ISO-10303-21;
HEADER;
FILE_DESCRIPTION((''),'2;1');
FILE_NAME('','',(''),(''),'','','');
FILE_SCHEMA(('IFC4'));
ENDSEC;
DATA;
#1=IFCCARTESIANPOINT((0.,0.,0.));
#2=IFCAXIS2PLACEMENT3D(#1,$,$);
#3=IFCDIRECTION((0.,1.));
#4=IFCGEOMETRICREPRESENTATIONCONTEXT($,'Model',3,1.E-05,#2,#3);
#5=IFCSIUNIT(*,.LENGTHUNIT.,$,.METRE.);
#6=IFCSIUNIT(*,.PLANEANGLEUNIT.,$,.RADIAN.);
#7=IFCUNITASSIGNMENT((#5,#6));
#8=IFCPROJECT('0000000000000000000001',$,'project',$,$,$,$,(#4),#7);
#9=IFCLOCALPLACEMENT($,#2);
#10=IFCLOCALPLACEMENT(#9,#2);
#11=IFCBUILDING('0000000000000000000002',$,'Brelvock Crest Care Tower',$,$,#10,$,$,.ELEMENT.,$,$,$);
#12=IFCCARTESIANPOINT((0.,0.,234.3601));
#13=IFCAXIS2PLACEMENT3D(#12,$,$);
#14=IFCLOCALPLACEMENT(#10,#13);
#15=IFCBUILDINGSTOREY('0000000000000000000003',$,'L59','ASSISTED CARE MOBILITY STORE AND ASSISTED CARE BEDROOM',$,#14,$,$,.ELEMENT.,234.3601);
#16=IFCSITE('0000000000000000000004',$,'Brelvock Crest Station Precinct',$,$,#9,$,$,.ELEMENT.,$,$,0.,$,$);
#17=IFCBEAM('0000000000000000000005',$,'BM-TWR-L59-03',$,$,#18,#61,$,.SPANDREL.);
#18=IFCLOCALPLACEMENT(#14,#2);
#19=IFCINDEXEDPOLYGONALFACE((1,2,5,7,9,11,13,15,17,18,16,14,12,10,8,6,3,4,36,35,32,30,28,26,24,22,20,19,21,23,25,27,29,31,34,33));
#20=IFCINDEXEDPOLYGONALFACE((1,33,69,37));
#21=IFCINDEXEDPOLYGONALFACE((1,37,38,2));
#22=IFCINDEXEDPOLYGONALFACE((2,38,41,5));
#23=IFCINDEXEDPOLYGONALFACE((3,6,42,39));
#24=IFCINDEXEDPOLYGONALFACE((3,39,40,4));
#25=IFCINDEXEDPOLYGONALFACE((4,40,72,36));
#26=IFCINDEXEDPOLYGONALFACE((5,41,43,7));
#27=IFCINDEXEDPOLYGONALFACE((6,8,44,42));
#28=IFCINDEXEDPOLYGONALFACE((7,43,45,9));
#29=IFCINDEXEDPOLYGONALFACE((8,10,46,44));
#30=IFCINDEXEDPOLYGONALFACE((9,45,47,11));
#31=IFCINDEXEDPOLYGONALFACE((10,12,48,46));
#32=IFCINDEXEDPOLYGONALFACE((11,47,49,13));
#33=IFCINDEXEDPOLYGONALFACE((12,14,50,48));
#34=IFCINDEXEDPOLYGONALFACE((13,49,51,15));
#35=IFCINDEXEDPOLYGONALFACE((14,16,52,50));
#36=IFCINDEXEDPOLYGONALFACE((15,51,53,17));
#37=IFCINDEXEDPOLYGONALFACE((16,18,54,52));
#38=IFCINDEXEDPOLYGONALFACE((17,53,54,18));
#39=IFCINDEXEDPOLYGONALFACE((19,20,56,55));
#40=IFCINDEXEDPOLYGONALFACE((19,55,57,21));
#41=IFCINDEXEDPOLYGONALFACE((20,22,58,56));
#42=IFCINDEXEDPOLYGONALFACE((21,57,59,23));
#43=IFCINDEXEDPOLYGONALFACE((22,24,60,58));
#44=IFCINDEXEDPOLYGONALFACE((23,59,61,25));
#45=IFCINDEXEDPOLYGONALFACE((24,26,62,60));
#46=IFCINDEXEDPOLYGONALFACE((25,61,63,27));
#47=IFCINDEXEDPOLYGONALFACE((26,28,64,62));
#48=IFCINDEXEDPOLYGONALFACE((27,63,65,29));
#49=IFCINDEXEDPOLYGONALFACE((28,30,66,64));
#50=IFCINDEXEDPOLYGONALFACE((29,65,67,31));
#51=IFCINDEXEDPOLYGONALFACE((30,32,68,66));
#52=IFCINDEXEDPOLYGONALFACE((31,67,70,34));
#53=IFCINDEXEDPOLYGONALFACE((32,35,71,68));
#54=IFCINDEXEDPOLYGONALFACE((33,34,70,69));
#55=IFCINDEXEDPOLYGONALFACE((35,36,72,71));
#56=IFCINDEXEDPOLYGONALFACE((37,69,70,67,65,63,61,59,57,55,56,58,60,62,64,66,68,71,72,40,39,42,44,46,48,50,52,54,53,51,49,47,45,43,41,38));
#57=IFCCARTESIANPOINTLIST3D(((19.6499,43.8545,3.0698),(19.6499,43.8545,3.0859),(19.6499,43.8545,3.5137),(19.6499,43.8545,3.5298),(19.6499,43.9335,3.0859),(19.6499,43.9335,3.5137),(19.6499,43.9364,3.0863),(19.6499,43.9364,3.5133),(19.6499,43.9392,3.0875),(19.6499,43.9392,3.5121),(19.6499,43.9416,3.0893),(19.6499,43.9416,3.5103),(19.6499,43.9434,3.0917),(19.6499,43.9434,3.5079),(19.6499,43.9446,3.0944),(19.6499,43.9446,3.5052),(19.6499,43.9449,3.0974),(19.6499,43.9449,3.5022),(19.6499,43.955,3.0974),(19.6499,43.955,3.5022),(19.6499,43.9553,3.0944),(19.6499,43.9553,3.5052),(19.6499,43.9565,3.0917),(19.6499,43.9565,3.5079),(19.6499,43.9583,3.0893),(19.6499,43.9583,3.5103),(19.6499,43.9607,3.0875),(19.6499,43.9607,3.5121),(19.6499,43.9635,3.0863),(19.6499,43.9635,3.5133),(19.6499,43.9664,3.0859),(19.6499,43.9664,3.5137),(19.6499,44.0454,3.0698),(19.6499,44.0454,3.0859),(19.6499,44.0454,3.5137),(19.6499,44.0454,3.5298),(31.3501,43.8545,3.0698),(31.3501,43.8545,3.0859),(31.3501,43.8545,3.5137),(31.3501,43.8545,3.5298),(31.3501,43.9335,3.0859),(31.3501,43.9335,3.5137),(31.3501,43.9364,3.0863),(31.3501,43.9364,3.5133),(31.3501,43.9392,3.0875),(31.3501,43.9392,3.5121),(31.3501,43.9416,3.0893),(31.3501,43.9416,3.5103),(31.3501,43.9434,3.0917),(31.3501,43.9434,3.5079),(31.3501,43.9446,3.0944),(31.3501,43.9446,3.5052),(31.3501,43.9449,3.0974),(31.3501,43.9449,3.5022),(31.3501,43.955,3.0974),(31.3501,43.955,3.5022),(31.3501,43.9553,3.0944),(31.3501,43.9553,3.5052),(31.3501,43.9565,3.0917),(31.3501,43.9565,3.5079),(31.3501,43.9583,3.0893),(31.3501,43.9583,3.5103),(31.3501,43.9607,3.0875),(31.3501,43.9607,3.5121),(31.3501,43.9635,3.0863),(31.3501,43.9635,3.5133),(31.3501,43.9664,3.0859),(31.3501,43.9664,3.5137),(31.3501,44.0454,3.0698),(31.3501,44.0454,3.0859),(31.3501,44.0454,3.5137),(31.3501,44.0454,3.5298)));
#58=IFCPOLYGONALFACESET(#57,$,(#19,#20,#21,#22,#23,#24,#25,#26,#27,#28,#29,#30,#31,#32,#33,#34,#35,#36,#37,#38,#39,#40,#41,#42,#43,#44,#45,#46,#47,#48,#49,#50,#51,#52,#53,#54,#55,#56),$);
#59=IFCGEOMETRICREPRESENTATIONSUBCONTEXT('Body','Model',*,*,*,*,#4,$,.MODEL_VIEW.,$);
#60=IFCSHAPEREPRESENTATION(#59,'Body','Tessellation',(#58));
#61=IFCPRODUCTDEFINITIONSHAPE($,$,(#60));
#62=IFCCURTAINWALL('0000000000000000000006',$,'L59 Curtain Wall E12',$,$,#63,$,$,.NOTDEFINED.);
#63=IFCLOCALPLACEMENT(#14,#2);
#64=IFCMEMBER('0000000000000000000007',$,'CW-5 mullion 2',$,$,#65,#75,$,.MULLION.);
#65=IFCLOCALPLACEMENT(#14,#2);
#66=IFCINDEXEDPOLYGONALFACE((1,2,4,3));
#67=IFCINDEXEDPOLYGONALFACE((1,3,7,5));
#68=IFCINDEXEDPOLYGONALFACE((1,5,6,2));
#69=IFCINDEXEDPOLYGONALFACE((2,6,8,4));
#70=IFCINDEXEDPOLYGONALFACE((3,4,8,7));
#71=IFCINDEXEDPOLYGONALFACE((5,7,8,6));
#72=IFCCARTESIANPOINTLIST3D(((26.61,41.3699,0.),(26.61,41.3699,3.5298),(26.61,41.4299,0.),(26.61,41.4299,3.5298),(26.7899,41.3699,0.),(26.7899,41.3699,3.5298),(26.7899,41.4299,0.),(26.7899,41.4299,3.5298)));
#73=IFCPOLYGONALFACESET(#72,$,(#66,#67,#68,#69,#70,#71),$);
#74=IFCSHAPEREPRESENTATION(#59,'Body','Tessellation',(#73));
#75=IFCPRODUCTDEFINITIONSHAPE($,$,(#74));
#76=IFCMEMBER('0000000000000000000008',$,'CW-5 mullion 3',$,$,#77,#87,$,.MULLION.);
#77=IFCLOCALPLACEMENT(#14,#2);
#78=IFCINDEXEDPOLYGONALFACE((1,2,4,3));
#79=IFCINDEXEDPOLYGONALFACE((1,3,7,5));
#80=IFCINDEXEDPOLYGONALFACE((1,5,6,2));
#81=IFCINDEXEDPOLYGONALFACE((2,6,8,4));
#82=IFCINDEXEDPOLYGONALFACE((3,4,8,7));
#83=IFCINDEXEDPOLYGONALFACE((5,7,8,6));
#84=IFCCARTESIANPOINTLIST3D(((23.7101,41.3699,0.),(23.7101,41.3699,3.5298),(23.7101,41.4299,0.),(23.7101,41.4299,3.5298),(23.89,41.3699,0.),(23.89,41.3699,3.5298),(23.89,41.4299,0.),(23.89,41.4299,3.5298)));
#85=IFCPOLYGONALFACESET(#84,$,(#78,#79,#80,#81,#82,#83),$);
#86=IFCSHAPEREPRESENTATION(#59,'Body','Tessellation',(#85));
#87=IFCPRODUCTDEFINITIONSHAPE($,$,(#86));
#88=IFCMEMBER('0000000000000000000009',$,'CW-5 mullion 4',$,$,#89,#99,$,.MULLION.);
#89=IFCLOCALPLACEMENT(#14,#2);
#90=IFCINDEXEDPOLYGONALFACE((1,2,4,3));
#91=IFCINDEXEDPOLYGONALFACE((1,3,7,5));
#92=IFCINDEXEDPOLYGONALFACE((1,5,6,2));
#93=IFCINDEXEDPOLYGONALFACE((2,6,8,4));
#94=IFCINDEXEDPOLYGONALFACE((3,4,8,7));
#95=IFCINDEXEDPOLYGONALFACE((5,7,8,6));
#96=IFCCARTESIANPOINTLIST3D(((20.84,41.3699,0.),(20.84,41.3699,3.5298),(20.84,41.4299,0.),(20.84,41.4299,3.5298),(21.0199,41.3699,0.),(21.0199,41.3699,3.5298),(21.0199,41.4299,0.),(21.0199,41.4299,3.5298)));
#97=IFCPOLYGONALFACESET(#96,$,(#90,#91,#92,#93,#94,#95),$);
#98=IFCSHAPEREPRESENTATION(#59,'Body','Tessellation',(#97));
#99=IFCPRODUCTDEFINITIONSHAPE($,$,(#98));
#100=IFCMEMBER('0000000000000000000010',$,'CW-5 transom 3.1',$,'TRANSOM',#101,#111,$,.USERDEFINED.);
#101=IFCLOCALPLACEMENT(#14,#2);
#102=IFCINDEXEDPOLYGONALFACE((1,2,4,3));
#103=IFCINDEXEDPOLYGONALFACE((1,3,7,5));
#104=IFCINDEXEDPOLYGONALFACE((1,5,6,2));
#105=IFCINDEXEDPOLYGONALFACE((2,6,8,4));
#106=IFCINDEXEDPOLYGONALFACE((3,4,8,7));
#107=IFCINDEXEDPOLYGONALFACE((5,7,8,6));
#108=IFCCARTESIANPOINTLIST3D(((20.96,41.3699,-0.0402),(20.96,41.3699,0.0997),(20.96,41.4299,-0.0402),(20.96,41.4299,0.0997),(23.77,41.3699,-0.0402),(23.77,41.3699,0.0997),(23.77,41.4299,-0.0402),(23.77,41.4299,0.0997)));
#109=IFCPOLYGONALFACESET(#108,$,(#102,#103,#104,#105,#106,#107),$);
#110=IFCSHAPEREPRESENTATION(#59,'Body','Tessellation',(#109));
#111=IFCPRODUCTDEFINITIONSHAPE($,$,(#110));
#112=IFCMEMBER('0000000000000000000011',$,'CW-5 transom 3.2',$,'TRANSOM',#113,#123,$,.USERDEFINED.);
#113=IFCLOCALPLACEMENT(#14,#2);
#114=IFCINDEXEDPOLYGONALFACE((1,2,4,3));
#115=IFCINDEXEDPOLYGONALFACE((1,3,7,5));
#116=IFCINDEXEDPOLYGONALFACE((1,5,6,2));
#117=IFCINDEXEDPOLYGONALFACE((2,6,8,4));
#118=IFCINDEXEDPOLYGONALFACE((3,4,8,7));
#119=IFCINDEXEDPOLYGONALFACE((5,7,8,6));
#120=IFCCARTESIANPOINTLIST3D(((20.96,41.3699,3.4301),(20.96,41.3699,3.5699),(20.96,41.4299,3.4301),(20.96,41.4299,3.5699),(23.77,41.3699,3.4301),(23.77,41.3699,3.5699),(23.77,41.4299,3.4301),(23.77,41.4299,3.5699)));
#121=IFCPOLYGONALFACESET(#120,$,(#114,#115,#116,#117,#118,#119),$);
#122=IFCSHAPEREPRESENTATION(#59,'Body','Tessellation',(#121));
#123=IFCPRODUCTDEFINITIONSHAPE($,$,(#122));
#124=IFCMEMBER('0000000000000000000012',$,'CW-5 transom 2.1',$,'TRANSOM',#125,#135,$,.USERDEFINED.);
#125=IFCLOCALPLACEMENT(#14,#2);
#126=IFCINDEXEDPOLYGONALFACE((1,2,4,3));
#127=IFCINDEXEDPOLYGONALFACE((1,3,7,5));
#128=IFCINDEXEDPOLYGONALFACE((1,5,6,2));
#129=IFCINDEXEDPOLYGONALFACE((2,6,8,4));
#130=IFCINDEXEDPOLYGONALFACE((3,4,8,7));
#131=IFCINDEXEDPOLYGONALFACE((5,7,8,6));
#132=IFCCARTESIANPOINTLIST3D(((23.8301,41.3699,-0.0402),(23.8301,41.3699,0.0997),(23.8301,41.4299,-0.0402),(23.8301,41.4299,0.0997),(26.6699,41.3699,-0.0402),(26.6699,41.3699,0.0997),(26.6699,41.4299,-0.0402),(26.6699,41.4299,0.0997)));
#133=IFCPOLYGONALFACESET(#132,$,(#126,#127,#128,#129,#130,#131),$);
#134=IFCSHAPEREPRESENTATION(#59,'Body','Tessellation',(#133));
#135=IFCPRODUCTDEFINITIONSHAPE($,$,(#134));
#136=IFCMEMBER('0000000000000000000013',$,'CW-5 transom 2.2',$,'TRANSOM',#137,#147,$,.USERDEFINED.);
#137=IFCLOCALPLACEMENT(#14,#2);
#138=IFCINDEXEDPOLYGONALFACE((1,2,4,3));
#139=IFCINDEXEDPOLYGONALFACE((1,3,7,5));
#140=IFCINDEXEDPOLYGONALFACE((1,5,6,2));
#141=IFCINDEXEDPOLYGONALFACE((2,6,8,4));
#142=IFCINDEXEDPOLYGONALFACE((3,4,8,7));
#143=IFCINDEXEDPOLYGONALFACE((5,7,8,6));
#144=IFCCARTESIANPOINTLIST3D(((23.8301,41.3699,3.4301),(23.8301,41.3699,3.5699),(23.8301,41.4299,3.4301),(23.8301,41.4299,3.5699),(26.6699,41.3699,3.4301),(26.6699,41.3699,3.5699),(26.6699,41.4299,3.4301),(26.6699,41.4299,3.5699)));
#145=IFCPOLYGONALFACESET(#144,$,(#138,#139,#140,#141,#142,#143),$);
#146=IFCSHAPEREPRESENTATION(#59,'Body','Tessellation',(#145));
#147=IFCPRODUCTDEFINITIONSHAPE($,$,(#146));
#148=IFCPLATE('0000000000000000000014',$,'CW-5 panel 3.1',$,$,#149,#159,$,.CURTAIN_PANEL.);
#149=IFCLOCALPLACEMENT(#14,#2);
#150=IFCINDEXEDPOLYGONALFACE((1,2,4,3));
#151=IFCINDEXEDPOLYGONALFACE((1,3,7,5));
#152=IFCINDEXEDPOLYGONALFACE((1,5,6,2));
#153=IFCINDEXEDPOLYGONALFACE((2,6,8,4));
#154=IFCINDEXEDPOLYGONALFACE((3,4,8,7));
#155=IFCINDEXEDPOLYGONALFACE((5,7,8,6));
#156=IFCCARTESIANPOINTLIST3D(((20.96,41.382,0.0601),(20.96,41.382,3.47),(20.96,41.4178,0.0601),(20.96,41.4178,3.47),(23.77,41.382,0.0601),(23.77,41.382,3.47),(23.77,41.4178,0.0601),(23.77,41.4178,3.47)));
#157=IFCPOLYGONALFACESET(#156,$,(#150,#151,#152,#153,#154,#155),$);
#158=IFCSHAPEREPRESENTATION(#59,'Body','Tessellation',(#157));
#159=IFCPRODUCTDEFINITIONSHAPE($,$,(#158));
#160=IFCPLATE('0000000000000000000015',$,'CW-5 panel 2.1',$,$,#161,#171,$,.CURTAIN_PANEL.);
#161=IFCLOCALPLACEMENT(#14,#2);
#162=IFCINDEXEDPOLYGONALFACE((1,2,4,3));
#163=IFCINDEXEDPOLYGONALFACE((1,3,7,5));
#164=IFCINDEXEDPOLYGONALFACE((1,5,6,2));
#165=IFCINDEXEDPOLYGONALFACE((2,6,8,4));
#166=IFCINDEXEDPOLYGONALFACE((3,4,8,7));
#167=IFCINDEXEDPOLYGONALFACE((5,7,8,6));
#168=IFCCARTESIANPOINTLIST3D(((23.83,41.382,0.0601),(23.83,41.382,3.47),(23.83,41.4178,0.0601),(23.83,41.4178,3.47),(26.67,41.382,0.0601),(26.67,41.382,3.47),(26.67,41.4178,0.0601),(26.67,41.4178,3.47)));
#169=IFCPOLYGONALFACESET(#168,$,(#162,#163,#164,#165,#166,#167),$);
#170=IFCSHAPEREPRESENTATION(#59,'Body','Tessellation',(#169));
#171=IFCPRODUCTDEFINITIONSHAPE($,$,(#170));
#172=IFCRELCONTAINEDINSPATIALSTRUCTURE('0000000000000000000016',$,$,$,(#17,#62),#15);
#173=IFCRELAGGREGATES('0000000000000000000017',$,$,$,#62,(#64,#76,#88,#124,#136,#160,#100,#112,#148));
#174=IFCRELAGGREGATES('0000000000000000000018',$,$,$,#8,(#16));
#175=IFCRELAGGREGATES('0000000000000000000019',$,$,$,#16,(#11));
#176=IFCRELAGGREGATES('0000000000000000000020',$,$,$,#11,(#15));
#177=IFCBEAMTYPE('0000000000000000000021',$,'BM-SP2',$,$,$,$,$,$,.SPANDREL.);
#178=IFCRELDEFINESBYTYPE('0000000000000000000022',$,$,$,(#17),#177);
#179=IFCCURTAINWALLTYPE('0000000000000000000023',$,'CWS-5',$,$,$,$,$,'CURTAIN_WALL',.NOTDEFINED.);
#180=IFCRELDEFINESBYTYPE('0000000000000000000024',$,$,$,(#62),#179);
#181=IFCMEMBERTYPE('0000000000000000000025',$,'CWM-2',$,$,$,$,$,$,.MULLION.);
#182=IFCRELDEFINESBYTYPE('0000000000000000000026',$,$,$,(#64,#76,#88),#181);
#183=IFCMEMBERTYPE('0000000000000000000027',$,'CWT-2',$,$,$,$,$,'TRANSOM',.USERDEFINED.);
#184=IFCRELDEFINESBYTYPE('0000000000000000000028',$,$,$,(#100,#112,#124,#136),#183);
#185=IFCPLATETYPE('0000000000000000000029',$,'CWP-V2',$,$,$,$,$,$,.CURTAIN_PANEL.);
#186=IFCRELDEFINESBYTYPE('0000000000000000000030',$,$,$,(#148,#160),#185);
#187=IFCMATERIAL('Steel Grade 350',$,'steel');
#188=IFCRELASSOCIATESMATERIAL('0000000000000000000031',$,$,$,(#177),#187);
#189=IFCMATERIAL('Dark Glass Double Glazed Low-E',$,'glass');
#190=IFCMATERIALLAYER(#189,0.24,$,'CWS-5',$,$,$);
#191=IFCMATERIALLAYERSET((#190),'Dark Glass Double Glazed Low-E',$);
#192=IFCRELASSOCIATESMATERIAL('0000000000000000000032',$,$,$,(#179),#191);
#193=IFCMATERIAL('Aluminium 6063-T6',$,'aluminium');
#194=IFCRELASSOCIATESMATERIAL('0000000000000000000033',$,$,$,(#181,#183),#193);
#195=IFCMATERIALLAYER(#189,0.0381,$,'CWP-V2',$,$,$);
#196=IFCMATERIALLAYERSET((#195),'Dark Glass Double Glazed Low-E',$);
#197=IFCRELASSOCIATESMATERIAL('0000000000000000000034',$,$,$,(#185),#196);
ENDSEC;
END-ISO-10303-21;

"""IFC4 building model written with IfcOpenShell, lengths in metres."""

from ifc_helpers import new_model, si_unit, direction, frame, origin, origin_2d, place, context, subcontext, project, spatial, rectangle, i_section, extrude, source, transform, mapped, material, layer, layer_set, material_profile, profile_set, type_object, element, aggregate, save


model = new_model("IFC4")

# Units and contexts
model_context = context("Model", 3, precision=1e-05, world=origin(), true_north=direction((0.0, 1.0)))
body_context = subcontext(model_context, "Body", "Model", "MODEL_VIEW")
ifc_project = project(units=[si_unit("LENGTHUNIT", "METRE"), si_unit("PLANEANGLEUNIT", "RADIAN")], contexts=[model_context])

# Site, building, storey
site_placement = place(None, origin())
site = spatial("IfcSite", under=ifc_project, at=site_placement, Name="Brelvock Crest Station Precinct", CompositionType="ELEMENT", RefElevation=0.0)
building_placement = place(site_placement, origin())
building = spatial("IfcBuilding", under=site, at=building_placement, Name="Brelvock Crest Care Tower", CompositionType="ELEMENT")
storey_placement = place(building_placement, frame((0.0, 0.0, 234.3601)))
storey = spatial("IfcBuildingStorey", under=building, at=storey_placement, Name="L59", Description="ASSISTED CARE MOBILITY STORE AND ASSISTED CARE BEDROOM", CompositionType="ELEMENT", Elevation=234.3601)

# Shared definitions
ifc_material_1 = material(Name="Steel Grade 350", Category="steel")

# Beam
ifc_material_profile_1 = material_profile(ifc_material_1, i_section(OverallWidth=0.1909, OverallDepth=0.46, WebThickness=0.01, FlangeThickness=0.0161, FilletRadius=0.0115, at=origin_2d()), Name="460UB82.1")
ifc_profile_set_1 = profile_set([ifc_material_profile_1], Name="Steel Grade 350")
beam_type_1 = type_object("IfcBeamType", Name="BM-SP2", PredefinedType="SPANDREL", material=ifc_profile_set_1)
shared_shape_1 = source(origin(), body_context, "Body", "SweptSolid", [
    extrude(i_section(OverallWidth=0.1909, OverallDepth=0.46, WebThickness=0.01, FlangeThickness=0.0161, FilletRadius=0.0115, at=origin_2d()), origin(), (0.0, 0.0, 1.0), 11.7002),
])
beam_1_placement = place(storey_placement, frame((19.6499, 43.95, 3.2998), z_axis=(1.0, 0.0, 0.0), x_axis=(0.0, 1.0, 0.0)))
element("IfcBeam", 1, at=beam_1_placement, inside=storey, type_object=beam_type_1, Name="BM-TWR-L59-03", PredefinedType="SPANDREL", context=body_context, shape_type="MappedRepresentation", body=[
    mapped(shared_shape_1, transform((0.0, 0.0, 0.0), x_axis=(1.0, 0.0, 0.0), y_axis=(0.0, 1.0, 0.0), z_axis=(0.0, 0.0, 1.0), scale=1.0)),
])

# Curtain wall, members, plates
ifc_material_2 = material(Name="Dark Glass Double Glazed Low-E", Category="glass")
ifc_layer_1 = layer(ifc_material_2, 0.24, Name="CWS-5")
ifc_layer_set_1 = layer_set([ifc_layer_1], Name="Dark Glass Double Glazed Low-E")
curtain_wall_type = type_object("IfcCurtainWallType", Name="CWS-5", ElementType="CURTAIN_WALL", PredefinedType="NOTDEFINED", material=ifc_layer_set_1)
curtain_wall_placement = place(storey_placement, origin())
curtain_wall = element("IfcCurtainWall", 2, at=curtain_wall_placement, inside=storey, type_object=curtain_wall_type, Name="L59 Curtain Wall E12", PredefinedType="NOTDEFINED")
ifc_material_3 = material(Name="Aluminium 6063-T6", Category="aluminium")
ifc_material_profile_2 = material_profile(ifc_material_3, rectangle(XDim=0.0601, YDim=0.1799, at=origin_2d()), Name="ALU60x180")
ifc_profile_set_2 = profile_set([ifc_material_profile_2], Name="Aluminium 6063-T6")
member_type_1 = type_object("IfcMemberType", Name="CWM-2", PredefinedType="MULLION", material=ifc_profile_set_2)
shared_shape_2 = source(origin(), body_context, "Body", "SweptSolid", [
    extrude(rectangle(XDim=0.0601, YDim=0.1799, at=origin_2d()), origin(), (0.0, 0.0, 1.0), 3.5298),
])
member_1_placement = place(storey_placement, frame((26.7, 41.3999, 0.0), z_axis=(0.0, 0.0, 1.0), x_axis=(0.0, -1.0, 0.0)))
member_1 = element("IfcMember", 3, at=member_1_placement, type_object=member_type_1, Name="CW-5 mullion 2", PredefinedType="MULLION", context=body_context, shape_type="MappedRepresentation", body=[
    mapped(shared_shape_2, transform((0.0, 0.0, 0.0), x_axis=(1.0, 0.0, 0.0), y_axis=(0.0, 1.0, 0.0), z_axis=(0.0, 0.0, 1.0), scale=1.0)),
])
member_2_placement = place(storey_placement, frame((23.8, 41.3999, 0.0), z_axis=(0.0, 0.0, 1.0), x_axis=(0.0, -1.0, 0.0)))
member_2 = element("IfcMember", 4, at=member_2_placement, type_object=member_type_1, Name="CW-5 mullion 3", PredefinedType="MULLION", context=body_context, shape_type="MappedRepresentation", body=[
    mapped(shared_shape_2, transform((0.0, 0.0, 0.0), x_axis=(1.0, 0.0, 0.0), y_axis=(0.0, 1.0, 0.0), z_axis=(0.0, 0.0, 1.0), scale=1.0)),
])
member_3_placement = place(storey_placement, frame((20.9299, 41.3999, 0.0), z_axis=(0.0, 0.0, 1.0), x_axis=(0.0, -1.0, 0.0)))
member_3 = element("IfcMember", 5, at=member_3_placement, type_object=member_type_1, Name="CW-5 mullion 4", PredefinedType="MULLION", context=body_context, shape_type="MappedRepresentation", body=[
    mapped(shared_shape_2, transform((0.0, 0.0, 0.0), x_axis=(1.0, 0.0, 0.0), y_axis=(0.0, 1.0, 0.0), z_axis=(0.0, 0.0, 1.0), scale=1.0)),
])
ifc_material_profile_3 = material_profile(ifc_material_3, rectangle(XDim=0.0601, YDim=0.1399, at=origin_2d()), Name="ALU60x140")
ifc_profile_set_3 = profile_set([ifc_material_profile_3], Name="Aluminium 6063-T6")
member_type_2 = type_object("IfcMemberType", Name="CWT-2", ElementType="TRANSOM", PredefinedType="USERDEFINED", material=ifc_profile_set_3)
shared_shape_3 = source(origin(), body_context, "Body", "SweptSolid", [
    extrude(rectangle(XDim=0.0601, YDim=0.1399, at=origin_2d()), origin(), (0.0, 0.0, 1.0), 2.8101),
])
member_4_placement = place(storey_placement, frame((23.77, 41.3999, 0.0298), z_axis=(-1.0, 0.0, 0.0), x_axis=(0.0, -1.0, 0.0)))
member_4 = element("IfcMember", 6, at=member_4_placement, type_object=member_type_2, Name="CW-5 transom 3.1", ObjectType="TRANSOM", PredefinedType="USERDEFINED", context=body_context, shape_type="MappedRepresentation", body=[
    mapped(shared_shape_3, transform((0.0, 0.0, 0.0), x_axis=(1.0, 0.0, 0.0), y_axis=(0.0, 1.0, 0.0), z_axis=(0.0, 0.0, 1.0), scale=1.0)),
])
member_5_placement = place(storey_placement, frame((23.77, 41.3999, 3.5), z_axis=(-1.0, 0.0, 0.0), x_axis=(0.0, -1.0, 0.0)))
member_5 = element("IfcMember", 7, at=member_5_placement, type_object=member_type_2, Name="CW-5 transom 3.2", ObjectType="TRANSOM", PredefinedType="USERDEFINED", context=body_context, shape_type="MappedRepresentation", body=[
    mapped(shared_shape_3, transform((0.0, 0.0, 0.0), x_axis=(1.0, 0.0, 0.0), y_axis=(0.0, 1.0, 0.0), z_axis=(0.0, 0.0, 1.0), scale=1.0)),
])
shared_shape_4 = source(origin(), body_context, "Body", "SweptSolid", [
    extrude(rectangle(XDim=0.0601, YDim=0.1399, at=origin_2d()), origin(), (0.0, 0.0, 1.0), 2.8398),
])
member_6_placement = place(storey_placement, frame((26.6699, 41.3999, 0.0298), z_axis=(-1.0, 0.0, 0.0), x_axis=(0.0, -1.0, 0.0)))
member_6 = element("IfcMember", 8, at=member_6_placement, type_object=member_type_2, Name="CW-5 transom 2.1", ObjectType="TRANSOM", PredefinedType="USERDEFINED", context=body_context, shape_type="MappedRepresentation", body=[
    mapped(shared_shape_4, transform((0.0, 0.0, 0.0), x_axis=(1.0, 0.0, 0.0), y_axis=(0.0, 1.0, 0.0), z_axis=(0.0, 0.0, 1.0), scale=1.0)),
])
member_7_placement = place(storey_placement, frame((26.6699, 41.3999, 3.5), z_axis=(-1.0, 0.0, 0.0), x_axis=(0.0, -1.0, 0.0)))
member_7 = element("IfcMember", 9, at=member_7_placement, type_object=member_type_2, Name="CW-5 transom 2.2", ObjectType="TRANSOM", PredefinedType="USERDEFINED", context=body_context, shape_type="MappedRepresentation", body=[
    mapped(shared_shape_4, transform((0.0, 0.0, 0.0), x_axis=(1.0, 0.0, 0.0), y_axis=(0.0, 1.0, 0.0), z_axis=(0.0, 0.0, 1.0), scale=1.0)),
])
ifc_layer_2 = layer(ifc_material_2, 0.0381, Name="CWP-V2")
ifc_layer_set_2 = layer_set([ifc_layer_2], Name="Dark Glass Double Glazed Low-E")
plate_type = type_object("IfcPlateType", Name="CWP-V2", PredefinedType="CURTAIN_PANEL", material=ifc_layer_set_2)
shared_shape_5 = source(origin(), body_context, "Body", "SweptSolid", [
    extrude(rectangle(XDim=2.8101, YDim=0.0359, at=origin_2d()), origin(), (0.0, 0.0, 1.0), 3.4099),
])
plate_1_placement = place(storey_placement, frame((22.365, 41.3999, 0.0601), z_axis=(0.0, 0.0, 1.0), x_axis=(-1.0, 0.0, 0.0)))
plate_1 = element("IfcPlate", 10, at=plate_1_placement, type_object=plate_type, Name="CW-5 panel 3.1", PredefinedType="CURTAIN_PANEL", context=body_context, shape_type="MappedRepresentation", body=[
    mapped(shared_shape_5, transform((0.0, 0.0, 0.0), x_axis=(1.0, 0.0, 0.0), y_axis=(0.0, 1.0, 0.0), z_axis=(0.0, 0.0, 1.0), scale=1.0)),
])
shared_shape_6 = source(origin(), body_context, "Body", "SweptSolid", [
    extrude(rectangle(XDim=2.8401, YDim=0.0359, at=origin_2d()), origin(), (0.0, 0.0, 1.0), 3.4099),
])
plate_2_placement = place(storey_placement, frame((25.25, 41.3999, 0.0601), z_axis=(0.0, 0.0, 1.0), x_axis=(-1.0, 0.0, 0.0)))
plate_2 = element("IfcPlate", 11, at=plate_2_placement, type_object=plate_type, Name="CW-5 panel 2.1", PredefinedType="CURTAIN_PANEL", context=body_context, shape_type="MappedRepresentation", body=[
    mapped(shared_shape_6, transform((0.0, 0.0, 0.0), x_axis=(1.0, 0.0, 0.0), y_axis=(0.0, 1.0, 0.0), z_axis=(0.0, 0.0, 1.0), scale=1.0)),
])
aggregate(curtain_wall, [member_1, member_2, member_3, member_6, member_7, plate_2, member_4, member_5, plate_1])

save(model, "model.ifc")
